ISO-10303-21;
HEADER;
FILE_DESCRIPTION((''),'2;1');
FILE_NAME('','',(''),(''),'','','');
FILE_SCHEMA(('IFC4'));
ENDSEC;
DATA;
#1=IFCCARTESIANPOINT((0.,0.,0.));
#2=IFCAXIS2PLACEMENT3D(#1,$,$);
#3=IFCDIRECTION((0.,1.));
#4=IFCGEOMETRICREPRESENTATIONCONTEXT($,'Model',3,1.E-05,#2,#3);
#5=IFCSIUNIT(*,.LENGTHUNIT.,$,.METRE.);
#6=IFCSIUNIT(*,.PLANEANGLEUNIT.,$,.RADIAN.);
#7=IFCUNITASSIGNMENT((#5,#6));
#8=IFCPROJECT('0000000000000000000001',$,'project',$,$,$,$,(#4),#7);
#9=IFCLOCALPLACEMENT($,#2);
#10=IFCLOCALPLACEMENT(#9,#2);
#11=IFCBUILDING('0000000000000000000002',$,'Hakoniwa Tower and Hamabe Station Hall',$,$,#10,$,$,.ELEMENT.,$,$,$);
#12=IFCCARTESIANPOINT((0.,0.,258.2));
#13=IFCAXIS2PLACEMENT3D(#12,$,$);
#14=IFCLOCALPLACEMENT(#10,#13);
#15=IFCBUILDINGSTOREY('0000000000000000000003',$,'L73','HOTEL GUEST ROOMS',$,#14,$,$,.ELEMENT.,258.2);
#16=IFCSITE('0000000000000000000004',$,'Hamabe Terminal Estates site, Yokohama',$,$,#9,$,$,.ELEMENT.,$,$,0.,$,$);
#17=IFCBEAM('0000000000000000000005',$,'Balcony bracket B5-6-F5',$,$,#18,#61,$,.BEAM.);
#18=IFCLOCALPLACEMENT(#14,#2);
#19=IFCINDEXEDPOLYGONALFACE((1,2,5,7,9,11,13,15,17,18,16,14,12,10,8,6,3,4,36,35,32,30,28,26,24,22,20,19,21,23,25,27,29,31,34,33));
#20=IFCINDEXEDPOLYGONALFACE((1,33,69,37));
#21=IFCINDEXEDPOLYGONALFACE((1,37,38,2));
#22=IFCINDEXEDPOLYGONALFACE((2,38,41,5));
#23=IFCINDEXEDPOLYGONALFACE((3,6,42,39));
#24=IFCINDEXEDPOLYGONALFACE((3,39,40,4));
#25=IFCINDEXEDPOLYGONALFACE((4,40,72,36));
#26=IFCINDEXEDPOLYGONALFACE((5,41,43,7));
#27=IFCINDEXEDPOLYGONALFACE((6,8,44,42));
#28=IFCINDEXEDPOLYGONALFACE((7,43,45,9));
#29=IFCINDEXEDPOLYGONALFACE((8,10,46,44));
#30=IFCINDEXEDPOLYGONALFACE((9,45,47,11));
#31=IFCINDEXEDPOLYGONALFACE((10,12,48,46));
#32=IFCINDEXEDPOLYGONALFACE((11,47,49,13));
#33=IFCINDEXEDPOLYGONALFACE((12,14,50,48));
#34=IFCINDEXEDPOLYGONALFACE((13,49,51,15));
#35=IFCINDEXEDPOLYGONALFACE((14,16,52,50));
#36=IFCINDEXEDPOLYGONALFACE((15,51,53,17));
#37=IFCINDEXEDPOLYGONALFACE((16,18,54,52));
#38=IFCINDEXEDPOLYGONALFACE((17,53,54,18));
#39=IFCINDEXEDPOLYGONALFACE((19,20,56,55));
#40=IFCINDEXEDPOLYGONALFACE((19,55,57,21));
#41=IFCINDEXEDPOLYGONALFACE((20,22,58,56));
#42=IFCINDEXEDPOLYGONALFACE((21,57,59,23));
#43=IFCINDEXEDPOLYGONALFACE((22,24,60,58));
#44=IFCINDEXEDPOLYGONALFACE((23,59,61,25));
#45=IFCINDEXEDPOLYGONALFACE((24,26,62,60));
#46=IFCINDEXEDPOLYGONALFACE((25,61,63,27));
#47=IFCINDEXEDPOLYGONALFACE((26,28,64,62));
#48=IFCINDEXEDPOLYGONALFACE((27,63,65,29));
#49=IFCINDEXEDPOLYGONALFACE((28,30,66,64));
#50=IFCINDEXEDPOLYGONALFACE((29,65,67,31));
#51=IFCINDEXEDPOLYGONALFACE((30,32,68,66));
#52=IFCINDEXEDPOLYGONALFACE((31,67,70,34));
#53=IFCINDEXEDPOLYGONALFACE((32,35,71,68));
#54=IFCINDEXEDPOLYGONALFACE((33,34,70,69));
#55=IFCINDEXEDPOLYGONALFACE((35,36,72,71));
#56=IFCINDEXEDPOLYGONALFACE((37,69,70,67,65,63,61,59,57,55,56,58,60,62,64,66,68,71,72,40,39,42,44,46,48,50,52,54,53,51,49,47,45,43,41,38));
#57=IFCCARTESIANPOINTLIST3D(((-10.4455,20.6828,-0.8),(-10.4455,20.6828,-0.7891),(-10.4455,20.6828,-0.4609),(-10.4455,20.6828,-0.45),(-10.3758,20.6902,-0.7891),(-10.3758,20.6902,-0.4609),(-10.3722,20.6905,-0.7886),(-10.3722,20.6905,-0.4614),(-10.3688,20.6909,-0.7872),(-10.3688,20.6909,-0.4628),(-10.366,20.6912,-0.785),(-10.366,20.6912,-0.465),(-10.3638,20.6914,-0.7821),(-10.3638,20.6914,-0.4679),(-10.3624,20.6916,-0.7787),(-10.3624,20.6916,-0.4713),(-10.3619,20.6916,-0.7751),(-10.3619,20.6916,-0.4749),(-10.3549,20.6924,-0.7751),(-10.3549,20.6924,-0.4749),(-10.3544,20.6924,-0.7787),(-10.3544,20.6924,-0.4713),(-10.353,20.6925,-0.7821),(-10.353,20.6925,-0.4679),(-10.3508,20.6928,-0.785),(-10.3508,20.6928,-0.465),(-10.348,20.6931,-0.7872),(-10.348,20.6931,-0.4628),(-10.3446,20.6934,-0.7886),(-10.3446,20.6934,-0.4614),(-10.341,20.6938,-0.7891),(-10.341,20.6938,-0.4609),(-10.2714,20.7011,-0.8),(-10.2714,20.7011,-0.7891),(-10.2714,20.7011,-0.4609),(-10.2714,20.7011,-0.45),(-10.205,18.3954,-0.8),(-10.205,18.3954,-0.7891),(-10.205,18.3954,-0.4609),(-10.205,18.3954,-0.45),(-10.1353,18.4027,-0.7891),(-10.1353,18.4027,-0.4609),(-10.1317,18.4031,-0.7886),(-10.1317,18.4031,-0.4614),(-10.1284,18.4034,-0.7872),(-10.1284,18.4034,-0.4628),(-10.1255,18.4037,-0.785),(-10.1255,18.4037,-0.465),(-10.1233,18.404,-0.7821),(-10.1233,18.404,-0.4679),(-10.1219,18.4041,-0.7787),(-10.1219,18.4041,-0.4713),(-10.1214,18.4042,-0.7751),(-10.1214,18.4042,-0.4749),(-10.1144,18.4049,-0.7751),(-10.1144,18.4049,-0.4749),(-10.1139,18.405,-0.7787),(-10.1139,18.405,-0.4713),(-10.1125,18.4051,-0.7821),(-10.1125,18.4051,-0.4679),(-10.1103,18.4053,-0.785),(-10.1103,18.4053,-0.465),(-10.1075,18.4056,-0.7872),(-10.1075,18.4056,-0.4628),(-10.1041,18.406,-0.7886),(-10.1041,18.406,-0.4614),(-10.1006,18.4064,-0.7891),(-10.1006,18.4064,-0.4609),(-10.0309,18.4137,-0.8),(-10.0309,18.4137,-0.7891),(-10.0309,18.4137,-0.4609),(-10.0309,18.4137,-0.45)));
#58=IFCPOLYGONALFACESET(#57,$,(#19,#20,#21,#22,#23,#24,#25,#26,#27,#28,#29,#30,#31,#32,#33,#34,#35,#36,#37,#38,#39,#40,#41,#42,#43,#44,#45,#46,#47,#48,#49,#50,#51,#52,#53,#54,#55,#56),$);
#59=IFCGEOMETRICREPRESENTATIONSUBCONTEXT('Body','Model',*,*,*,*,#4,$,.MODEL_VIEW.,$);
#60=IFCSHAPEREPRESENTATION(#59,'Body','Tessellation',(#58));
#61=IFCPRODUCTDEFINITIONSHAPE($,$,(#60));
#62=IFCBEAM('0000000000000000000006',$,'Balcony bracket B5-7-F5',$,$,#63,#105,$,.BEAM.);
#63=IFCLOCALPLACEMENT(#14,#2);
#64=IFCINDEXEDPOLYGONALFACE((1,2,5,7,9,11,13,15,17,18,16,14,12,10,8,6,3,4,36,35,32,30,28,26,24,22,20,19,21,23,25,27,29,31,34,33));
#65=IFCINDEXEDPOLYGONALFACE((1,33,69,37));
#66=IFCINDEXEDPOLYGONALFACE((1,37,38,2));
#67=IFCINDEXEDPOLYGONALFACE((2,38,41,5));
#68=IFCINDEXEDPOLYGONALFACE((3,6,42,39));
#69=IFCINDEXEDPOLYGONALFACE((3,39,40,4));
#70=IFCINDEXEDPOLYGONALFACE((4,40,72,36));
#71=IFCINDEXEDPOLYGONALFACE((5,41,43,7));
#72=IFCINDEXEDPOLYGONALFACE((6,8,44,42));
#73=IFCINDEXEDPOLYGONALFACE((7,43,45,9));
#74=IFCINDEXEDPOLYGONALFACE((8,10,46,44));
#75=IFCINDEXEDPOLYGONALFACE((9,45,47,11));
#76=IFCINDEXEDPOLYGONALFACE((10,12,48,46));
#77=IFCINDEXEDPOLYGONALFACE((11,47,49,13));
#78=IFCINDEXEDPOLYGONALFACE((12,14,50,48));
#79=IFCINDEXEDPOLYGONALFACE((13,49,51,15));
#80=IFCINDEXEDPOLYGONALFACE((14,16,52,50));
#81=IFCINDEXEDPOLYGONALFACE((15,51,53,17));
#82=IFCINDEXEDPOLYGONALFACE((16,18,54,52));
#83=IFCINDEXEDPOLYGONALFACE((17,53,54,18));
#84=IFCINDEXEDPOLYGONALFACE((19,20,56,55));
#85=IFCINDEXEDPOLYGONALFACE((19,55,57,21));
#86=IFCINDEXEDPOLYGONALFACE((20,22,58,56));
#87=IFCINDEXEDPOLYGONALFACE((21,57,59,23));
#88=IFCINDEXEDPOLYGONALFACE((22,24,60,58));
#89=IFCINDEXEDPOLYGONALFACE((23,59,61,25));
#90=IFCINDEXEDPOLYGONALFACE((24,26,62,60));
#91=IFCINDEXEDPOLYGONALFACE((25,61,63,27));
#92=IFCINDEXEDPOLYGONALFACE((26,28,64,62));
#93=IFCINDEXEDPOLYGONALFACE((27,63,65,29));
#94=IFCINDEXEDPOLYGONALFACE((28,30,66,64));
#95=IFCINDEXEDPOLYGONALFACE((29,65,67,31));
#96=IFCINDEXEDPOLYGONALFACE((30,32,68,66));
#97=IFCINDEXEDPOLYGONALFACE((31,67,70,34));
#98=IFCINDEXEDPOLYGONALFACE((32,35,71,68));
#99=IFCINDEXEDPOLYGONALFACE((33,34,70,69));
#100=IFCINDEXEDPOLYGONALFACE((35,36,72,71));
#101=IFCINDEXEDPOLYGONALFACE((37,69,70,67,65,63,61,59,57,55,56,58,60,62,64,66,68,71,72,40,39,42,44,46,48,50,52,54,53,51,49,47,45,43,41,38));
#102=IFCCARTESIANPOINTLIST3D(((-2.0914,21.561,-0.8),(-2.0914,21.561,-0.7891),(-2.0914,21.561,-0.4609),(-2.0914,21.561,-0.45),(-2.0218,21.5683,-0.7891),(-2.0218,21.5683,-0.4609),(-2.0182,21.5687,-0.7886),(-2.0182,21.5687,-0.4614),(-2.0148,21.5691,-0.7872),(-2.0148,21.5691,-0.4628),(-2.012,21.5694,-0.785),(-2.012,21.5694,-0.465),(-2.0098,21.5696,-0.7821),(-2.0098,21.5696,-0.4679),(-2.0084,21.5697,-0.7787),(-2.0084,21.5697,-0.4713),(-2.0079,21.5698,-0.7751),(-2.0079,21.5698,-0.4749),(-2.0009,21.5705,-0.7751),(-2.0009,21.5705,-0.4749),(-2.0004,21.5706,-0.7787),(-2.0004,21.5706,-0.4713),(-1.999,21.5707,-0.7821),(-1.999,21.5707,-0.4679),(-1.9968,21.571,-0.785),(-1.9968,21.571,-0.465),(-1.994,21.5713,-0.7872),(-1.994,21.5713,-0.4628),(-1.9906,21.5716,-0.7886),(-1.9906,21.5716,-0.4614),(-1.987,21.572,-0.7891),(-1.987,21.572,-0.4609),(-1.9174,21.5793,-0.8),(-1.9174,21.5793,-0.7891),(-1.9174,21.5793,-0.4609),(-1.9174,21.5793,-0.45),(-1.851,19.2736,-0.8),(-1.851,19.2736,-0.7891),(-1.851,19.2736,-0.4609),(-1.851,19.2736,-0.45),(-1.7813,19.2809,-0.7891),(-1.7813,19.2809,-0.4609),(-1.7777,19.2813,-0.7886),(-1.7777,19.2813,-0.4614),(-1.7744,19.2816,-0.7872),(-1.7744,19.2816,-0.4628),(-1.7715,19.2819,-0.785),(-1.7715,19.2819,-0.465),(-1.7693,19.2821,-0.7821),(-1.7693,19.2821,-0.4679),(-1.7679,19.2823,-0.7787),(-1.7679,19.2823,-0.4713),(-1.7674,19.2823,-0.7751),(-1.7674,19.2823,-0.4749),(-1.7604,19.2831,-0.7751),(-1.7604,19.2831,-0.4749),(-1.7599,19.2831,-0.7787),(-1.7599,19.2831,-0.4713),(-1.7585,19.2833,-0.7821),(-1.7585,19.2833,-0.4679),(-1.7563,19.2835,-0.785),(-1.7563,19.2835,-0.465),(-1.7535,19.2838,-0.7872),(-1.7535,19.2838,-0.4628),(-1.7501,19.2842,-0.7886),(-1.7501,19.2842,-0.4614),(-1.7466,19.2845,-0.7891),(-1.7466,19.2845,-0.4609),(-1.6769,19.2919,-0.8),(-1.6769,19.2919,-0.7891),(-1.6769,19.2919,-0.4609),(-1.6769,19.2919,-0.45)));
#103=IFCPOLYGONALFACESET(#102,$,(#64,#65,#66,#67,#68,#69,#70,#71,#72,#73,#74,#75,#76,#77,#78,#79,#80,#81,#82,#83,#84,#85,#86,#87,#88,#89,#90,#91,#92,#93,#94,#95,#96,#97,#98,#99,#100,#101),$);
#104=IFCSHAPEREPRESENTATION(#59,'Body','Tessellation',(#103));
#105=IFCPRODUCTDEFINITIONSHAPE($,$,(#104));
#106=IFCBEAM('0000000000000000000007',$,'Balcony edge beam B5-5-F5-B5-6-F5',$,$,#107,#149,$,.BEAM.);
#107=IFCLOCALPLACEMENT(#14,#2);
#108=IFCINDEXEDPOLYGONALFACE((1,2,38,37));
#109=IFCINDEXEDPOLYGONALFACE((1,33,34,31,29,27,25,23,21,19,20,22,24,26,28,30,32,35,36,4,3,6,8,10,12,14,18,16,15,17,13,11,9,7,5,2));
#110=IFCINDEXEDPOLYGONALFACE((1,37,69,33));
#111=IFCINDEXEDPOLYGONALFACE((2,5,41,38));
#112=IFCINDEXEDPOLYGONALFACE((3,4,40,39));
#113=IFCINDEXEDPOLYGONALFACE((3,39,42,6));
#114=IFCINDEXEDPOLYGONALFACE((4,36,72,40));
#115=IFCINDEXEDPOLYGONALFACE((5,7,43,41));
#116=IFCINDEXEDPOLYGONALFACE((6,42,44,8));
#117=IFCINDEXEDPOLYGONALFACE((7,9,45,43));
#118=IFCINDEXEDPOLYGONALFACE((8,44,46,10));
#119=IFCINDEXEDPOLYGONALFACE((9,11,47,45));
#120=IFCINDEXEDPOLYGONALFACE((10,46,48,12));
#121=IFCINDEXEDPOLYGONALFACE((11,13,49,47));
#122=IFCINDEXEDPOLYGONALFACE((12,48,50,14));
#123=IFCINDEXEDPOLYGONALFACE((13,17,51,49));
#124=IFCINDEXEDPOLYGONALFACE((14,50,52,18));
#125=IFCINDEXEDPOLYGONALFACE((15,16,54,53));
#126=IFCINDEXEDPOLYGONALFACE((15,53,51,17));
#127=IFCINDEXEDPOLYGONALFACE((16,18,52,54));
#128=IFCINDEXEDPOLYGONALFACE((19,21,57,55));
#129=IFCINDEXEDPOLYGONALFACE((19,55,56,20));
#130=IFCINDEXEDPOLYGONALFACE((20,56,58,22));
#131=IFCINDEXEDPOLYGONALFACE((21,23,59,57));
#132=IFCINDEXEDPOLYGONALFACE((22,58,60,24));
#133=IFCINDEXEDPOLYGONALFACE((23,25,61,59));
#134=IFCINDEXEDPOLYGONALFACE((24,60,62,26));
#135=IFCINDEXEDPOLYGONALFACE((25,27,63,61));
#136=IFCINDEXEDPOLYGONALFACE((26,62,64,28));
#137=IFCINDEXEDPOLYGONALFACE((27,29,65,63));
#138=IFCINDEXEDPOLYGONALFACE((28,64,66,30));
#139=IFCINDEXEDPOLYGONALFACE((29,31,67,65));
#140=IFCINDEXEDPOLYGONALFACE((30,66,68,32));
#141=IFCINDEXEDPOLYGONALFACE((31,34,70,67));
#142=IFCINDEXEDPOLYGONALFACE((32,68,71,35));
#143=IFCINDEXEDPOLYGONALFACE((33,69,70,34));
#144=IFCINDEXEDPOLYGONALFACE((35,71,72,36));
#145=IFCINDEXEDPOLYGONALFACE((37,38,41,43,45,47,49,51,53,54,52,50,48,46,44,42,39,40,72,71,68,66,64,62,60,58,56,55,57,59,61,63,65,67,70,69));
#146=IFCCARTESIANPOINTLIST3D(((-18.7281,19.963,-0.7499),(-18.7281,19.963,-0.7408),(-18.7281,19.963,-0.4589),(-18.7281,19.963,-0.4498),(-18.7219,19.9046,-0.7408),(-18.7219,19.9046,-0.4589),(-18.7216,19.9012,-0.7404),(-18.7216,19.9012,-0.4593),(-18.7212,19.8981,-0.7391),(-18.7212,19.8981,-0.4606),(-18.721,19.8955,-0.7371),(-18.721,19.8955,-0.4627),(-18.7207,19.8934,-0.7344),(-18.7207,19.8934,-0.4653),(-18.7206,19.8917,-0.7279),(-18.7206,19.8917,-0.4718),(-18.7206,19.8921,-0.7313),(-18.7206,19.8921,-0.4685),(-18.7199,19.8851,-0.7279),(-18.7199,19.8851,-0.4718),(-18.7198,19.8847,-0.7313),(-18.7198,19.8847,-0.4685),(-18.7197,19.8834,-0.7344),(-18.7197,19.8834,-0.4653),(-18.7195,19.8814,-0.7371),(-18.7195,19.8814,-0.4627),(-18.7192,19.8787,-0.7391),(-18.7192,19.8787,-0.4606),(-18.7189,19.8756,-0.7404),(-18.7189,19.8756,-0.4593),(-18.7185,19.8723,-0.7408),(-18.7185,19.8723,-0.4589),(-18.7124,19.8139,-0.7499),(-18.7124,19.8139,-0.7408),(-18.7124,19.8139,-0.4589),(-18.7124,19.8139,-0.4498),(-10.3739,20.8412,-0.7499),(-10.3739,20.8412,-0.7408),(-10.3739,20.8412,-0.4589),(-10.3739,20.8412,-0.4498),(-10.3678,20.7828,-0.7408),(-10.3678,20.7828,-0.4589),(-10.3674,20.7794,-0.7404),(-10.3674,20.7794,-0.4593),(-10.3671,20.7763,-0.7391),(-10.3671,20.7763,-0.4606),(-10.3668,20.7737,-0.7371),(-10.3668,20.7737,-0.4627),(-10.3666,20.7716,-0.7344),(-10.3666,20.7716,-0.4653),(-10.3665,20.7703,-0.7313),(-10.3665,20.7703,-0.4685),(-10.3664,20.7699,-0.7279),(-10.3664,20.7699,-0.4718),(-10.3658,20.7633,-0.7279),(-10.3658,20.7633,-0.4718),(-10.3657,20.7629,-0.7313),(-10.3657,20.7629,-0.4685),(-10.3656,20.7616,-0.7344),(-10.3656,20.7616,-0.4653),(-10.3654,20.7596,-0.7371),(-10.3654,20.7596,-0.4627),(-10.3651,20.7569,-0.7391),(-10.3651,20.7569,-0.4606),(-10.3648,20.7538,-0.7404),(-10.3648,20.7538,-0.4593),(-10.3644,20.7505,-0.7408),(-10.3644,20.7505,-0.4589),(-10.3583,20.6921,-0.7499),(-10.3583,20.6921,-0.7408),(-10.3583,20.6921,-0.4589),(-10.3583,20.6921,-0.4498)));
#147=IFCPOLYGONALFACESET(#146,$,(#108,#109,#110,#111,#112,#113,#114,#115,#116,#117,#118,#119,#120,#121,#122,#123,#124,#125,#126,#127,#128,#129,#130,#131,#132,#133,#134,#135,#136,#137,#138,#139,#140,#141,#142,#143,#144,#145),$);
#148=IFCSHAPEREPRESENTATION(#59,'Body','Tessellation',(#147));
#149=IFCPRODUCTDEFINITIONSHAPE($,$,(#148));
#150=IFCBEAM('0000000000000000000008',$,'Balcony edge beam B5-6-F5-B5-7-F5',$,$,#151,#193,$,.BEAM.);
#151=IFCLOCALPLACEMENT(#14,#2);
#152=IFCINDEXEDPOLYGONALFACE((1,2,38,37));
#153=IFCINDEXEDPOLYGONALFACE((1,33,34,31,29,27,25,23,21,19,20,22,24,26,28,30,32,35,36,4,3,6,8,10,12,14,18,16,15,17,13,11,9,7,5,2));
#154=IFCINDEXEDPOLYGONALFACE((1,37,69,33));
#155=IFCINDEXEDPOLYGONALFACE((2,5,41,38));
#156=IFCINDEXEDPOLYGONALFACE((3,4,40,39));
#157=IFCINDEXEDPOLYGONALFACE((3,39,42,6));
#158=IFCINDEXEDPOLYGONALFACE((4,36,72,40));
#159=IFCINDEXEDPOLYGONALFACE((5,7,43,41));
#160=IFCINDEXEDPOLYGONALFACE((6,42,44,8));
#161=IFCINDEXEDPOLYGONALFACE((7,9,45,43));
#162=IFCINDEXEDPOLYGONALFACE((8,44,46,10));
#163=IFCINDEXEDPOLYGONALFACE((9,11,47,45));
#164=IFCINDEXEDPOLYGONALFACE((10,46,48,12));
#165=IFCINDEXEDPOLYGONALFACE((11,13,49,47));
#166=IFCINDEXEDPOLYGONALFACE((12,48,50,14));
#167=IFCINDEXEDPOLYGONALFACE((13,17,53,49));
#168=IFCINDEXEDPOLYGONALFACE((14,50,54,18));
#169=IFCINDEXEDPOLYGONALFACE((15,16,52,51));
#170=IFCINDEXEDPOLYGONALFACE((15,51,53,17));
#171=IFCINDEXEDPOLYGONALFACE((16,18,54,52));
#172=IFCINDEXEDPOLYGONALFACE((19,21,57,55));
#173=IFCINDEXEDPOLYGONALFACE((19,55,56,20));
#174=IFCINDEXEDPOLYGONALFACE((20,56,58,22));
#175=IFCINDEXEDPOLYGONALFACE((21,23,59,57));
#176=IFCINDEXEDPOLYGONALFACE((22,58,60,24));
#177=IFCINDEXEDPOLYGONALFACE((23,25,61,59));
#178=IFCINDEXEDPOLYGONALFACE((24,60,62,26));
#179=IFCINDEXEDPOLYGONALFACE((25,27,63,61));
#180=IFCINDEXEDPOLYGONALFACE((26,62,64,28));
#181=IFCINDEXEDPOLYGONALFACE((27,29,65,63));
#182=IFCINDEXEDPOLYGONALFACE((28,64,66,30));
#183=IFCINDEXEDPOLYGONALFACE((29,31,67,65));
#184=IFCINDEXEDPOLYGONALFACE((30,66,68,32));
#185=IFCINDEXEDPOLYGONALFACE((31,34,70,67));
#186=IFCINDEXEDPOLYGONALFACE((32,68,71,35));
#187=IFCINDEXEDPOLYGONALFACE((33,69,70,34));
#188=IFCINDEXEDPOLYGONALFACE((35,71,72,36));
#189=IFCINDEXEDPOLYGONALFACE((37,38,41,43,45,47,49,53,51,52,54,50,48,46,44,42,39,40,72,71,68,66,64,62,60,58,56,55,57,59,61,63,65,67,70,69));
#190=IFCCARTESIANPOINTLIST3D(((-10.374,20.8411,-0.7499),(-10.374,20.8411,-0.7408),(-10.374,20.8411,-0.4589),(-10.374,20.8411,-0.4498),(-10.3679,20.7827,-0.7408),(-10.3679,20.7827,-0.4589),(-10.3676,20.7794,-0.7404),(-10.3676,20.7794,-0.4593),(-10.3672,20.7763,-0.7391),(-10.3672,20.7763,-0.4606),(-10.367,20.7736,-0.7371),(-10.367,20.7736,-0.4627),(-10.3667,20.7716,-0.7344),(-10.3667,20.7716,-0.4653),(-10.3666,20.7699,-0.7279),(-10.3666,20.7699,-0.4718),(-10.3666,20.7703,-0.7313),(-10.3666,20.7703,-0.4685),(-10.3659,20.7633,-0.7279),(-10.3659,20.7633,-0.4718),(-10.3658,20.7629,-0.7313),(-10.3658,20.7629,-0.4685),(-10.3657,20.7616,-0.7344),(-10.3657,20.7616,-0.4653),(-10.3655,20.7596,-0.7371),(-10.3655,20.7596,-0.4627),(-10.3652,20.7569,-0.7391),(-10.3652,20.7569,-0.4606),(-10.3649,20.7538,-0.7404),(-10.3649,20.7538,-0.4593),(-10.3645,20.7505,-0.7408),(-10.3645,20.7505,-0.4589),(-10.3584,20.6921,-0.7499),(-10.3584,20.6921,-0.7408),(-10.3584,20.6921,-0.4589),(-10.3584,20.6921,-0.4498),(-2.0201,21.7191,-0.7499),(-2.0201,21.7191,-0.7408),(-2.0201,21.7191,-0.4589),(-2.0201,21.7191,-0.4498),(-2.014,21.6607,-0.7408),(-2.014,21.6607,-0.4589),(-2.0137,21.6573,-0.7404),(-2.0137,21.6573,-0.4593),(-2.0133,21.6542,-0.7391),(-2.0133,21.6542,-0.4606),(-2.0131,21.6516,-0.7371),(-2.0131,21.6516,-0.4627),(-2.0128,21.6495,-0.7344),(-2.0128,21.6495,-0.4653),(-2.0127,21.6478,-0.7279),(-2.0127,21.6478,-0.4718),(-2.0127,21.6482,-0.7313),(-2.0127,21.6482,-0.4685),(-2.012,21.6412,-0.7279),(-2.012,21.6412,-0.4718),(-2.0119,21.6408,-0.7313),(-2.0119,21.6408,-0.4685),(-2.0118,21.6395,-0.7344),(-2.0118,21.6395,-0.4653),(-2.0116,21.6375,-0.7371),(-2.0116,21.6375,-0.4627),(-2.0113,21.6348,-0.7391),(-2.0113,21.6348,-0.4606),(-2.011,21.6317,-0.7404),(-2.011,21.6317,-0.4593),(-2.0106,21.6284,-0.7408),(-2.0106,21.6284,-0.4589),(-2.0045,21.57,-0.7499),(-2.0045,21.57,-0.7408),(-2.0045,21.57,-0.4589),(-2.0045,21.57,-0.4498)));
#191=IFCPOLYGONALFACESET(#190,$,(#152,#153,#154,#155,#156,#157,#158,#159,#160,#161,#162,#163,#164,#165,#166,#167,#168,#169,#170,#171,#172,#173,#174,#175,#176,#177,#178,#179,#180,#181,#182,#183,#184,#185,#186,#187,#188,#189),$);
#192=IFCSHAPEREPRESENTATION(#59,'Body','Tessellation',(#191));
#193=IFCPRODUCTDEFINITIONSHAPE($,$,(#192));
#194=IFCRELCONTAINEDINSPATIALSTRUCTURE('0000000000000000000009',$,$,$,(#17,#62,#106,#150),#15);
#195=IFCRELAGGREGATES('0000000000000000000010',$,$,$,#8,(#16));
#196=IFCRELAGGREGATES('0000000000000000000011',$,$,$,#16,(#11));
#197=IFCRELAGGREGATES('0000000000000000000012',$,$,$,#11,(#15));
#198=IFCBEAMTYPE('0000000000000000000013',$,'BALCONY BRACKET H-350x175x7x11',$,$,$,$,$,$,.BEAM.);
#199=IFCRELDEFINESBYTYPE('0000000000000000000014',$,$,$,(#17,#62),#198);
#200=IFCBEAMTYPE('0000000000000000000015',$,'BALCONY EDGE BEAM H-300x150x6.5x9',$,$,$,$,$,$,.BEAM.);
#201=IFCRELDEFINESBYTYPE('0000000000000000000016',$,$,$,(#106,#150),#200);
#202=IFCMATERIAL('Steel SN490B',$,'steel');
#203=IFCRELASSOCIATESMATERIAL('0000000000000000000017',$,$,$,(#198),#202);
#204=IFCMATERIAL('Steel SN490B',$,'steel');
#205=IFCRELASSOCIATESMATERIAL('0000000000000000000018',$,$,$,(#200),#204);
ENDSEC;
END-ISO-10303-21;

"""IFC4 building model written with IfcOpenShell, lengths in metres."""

from ifc_helpers import new_model, si_unit, direction, frame, origin, origin_2d, place, context, subcontext, project, spatial, i_section, extrude, material, material_profile, profile_set, type_object, element, save


model = new_model("IFC4")

# Units and contexts
model_context = context("Model", 3, precision=1e-05, world=origin(), true_north=direction((0.0, 1.0)))
body_context = subcontext(model_context, "Body", "Model", "MODEL_VIEW")
ifc_project = project(units=[si_unit("LENGTHUNIT", "METRE"), si_unit("PLANEANGLEUNIT", "RADIAN")], contexts=[model_context])

# Site, building, storey
site_placement = place(None, origin())
site = spatial("IfcSite", under=ifc_project, at=site_placement, Name="Hamabe Terminal Estates site, Yokohama", CompositionType="ELEMENT", RefElevation=0.0)
building_placement = place(site_placement, origin())
building = spatial("IfcBuilding", under=site, at=building_placement, Name="Hakoniwa Tower and Hamabe Station Hall", CompositionType="ELEMENT")
storey_placement = place(building_placement, frame((0.0, 0.0, 258.2)))
storey = spatial("IfcBuildingStorey", under=building, at=storey_placement, Name="L73", Description="HOTEL GUEST ROOMS", CompositionType="ELEMENT", Elevation=258.2)

# Beams
ifc_material_1 = material(Name="Steel SN490B", Category="steel")
ifc_material_profile_1 = material_profile(ifc_material_1, i_section(OverallWidth=0.175, OverallDepth=0.3501, WebThickness=0.0071, FlangeThickness=0.011, FilletRadius=0.0139, at=origin_2d()), Name="H-350x175x7x11")
ifc_profile_set_1 = profile_set([ifc_material_profile_1], Name="Steel SN490B")
beam_type_1 = type_object("IfcBeamType", Name="BALCONY BRACKET H-350x175x7x11", PredefinedType="BEAM", material=ifc_profile_set_1)
for number, where, z_axis, x_axis, name in (
    (1, (-10.1179, 18.4045, -0.625), (-0.104558, 0.994519, 0.0), (-0.994519, -0.104558, 0.0), "Balcony bracket B5-6-F5"),
    (2, (-1.7639, 19.2827, -0.625), (-0.104558, 0.994519, 0.0), (-0.994519, -0.104558, 0.0), "Balcony bracket B5-7-F5"),
):
    element("IfcBeam", number, at=place(storey_placement, frame(where, z_axis=z_axis, x_axis=x_axis)), inside=storey, type_object=beam_type_1, Name=name, PredefinedType="BEAM", context=body_context, shape_type="SweptSolid", body=[
        extrude(i_section(OverallWidth=0.175, OverallDepth=0.3501, WebThickness=0.0071, FlangeThickness=0.011, FilletRadius=0.0139, at=origin_2d()), origin(), (0.0, 0.0, 1.0), 2.3),
    ])
ifc_material_2 = material(Name="Steel SN490B", Category="steel")
ifc_material_profile_2 = material_profile(ifc_material_2, i_section(OverallWidth=0.1499, OverallDepth=0.3, WebThickness=0.0066, FlangeThickness=0.009, FilletRadius=0.0129, at=origin_2d()), Name="H-300x150x6.5x9")
ifc_profile_set_2 = profile_set([ifc_material_profile_2], Name="Steel SN490B")
beam_type_2 = type_object("IfcBeamType", Name="BALCONY EDGE BEAM H-300x150x6.5x9", PredefinedType="BEAM", material=ifc_profile_set_2)
beam_1_placement = place(storey_placement, frame((-18.7202, 19.8884, -0.5999), z_axis=(0.99452, 0.104544, 0.0), x_axis=(-0.104544, 0.99452, 0.0)))
element("IfcBeam", 3, at=beam_1_placement, inside=storey, type_object=beam_type_2, Name="Balcony edge beam B5-5-F5-B5-6-F5", PredefinedType="BEAM", context=body_context, shape_type="SweptSolid", body=[
    extrude(i_section(OverallWidth=0.1499, OverallDepth=0.3, WebThickness=0.0066, FlangeThickness=0.009, FilletRadius=0.0129, at=origin_2d()), origin(), (0.0, 0.0, 1.0), 8.4001),
])
beam_2_placement = place(storey_placement, frame((-10.3662, 20.7666, -0.5999), z_axis=(0.994523, 0.104515, 0.0), x_axis=(-0.104515, 0.994523, 0.0)))
element("IfcBeam", 4, at=beam_2_placement, inside=storey, type_object=beam_type_2, Name="Balcony edge beam B5-6-F5-B5-7-F5", PredefinedType="BEAM", context=body_context, shape_type="SweptSolid", body=[
    extrude(i_section(OverallWidth=0.1499, OverallDepth=0.3, WebThickness=0.0066, FlangeThickness=0.009, FilletRadius=0.0129, at=origin_2d()), origin(), (0.0, 0.0, 1.0), 8.3999),
])

save(model, "model.ifc")
